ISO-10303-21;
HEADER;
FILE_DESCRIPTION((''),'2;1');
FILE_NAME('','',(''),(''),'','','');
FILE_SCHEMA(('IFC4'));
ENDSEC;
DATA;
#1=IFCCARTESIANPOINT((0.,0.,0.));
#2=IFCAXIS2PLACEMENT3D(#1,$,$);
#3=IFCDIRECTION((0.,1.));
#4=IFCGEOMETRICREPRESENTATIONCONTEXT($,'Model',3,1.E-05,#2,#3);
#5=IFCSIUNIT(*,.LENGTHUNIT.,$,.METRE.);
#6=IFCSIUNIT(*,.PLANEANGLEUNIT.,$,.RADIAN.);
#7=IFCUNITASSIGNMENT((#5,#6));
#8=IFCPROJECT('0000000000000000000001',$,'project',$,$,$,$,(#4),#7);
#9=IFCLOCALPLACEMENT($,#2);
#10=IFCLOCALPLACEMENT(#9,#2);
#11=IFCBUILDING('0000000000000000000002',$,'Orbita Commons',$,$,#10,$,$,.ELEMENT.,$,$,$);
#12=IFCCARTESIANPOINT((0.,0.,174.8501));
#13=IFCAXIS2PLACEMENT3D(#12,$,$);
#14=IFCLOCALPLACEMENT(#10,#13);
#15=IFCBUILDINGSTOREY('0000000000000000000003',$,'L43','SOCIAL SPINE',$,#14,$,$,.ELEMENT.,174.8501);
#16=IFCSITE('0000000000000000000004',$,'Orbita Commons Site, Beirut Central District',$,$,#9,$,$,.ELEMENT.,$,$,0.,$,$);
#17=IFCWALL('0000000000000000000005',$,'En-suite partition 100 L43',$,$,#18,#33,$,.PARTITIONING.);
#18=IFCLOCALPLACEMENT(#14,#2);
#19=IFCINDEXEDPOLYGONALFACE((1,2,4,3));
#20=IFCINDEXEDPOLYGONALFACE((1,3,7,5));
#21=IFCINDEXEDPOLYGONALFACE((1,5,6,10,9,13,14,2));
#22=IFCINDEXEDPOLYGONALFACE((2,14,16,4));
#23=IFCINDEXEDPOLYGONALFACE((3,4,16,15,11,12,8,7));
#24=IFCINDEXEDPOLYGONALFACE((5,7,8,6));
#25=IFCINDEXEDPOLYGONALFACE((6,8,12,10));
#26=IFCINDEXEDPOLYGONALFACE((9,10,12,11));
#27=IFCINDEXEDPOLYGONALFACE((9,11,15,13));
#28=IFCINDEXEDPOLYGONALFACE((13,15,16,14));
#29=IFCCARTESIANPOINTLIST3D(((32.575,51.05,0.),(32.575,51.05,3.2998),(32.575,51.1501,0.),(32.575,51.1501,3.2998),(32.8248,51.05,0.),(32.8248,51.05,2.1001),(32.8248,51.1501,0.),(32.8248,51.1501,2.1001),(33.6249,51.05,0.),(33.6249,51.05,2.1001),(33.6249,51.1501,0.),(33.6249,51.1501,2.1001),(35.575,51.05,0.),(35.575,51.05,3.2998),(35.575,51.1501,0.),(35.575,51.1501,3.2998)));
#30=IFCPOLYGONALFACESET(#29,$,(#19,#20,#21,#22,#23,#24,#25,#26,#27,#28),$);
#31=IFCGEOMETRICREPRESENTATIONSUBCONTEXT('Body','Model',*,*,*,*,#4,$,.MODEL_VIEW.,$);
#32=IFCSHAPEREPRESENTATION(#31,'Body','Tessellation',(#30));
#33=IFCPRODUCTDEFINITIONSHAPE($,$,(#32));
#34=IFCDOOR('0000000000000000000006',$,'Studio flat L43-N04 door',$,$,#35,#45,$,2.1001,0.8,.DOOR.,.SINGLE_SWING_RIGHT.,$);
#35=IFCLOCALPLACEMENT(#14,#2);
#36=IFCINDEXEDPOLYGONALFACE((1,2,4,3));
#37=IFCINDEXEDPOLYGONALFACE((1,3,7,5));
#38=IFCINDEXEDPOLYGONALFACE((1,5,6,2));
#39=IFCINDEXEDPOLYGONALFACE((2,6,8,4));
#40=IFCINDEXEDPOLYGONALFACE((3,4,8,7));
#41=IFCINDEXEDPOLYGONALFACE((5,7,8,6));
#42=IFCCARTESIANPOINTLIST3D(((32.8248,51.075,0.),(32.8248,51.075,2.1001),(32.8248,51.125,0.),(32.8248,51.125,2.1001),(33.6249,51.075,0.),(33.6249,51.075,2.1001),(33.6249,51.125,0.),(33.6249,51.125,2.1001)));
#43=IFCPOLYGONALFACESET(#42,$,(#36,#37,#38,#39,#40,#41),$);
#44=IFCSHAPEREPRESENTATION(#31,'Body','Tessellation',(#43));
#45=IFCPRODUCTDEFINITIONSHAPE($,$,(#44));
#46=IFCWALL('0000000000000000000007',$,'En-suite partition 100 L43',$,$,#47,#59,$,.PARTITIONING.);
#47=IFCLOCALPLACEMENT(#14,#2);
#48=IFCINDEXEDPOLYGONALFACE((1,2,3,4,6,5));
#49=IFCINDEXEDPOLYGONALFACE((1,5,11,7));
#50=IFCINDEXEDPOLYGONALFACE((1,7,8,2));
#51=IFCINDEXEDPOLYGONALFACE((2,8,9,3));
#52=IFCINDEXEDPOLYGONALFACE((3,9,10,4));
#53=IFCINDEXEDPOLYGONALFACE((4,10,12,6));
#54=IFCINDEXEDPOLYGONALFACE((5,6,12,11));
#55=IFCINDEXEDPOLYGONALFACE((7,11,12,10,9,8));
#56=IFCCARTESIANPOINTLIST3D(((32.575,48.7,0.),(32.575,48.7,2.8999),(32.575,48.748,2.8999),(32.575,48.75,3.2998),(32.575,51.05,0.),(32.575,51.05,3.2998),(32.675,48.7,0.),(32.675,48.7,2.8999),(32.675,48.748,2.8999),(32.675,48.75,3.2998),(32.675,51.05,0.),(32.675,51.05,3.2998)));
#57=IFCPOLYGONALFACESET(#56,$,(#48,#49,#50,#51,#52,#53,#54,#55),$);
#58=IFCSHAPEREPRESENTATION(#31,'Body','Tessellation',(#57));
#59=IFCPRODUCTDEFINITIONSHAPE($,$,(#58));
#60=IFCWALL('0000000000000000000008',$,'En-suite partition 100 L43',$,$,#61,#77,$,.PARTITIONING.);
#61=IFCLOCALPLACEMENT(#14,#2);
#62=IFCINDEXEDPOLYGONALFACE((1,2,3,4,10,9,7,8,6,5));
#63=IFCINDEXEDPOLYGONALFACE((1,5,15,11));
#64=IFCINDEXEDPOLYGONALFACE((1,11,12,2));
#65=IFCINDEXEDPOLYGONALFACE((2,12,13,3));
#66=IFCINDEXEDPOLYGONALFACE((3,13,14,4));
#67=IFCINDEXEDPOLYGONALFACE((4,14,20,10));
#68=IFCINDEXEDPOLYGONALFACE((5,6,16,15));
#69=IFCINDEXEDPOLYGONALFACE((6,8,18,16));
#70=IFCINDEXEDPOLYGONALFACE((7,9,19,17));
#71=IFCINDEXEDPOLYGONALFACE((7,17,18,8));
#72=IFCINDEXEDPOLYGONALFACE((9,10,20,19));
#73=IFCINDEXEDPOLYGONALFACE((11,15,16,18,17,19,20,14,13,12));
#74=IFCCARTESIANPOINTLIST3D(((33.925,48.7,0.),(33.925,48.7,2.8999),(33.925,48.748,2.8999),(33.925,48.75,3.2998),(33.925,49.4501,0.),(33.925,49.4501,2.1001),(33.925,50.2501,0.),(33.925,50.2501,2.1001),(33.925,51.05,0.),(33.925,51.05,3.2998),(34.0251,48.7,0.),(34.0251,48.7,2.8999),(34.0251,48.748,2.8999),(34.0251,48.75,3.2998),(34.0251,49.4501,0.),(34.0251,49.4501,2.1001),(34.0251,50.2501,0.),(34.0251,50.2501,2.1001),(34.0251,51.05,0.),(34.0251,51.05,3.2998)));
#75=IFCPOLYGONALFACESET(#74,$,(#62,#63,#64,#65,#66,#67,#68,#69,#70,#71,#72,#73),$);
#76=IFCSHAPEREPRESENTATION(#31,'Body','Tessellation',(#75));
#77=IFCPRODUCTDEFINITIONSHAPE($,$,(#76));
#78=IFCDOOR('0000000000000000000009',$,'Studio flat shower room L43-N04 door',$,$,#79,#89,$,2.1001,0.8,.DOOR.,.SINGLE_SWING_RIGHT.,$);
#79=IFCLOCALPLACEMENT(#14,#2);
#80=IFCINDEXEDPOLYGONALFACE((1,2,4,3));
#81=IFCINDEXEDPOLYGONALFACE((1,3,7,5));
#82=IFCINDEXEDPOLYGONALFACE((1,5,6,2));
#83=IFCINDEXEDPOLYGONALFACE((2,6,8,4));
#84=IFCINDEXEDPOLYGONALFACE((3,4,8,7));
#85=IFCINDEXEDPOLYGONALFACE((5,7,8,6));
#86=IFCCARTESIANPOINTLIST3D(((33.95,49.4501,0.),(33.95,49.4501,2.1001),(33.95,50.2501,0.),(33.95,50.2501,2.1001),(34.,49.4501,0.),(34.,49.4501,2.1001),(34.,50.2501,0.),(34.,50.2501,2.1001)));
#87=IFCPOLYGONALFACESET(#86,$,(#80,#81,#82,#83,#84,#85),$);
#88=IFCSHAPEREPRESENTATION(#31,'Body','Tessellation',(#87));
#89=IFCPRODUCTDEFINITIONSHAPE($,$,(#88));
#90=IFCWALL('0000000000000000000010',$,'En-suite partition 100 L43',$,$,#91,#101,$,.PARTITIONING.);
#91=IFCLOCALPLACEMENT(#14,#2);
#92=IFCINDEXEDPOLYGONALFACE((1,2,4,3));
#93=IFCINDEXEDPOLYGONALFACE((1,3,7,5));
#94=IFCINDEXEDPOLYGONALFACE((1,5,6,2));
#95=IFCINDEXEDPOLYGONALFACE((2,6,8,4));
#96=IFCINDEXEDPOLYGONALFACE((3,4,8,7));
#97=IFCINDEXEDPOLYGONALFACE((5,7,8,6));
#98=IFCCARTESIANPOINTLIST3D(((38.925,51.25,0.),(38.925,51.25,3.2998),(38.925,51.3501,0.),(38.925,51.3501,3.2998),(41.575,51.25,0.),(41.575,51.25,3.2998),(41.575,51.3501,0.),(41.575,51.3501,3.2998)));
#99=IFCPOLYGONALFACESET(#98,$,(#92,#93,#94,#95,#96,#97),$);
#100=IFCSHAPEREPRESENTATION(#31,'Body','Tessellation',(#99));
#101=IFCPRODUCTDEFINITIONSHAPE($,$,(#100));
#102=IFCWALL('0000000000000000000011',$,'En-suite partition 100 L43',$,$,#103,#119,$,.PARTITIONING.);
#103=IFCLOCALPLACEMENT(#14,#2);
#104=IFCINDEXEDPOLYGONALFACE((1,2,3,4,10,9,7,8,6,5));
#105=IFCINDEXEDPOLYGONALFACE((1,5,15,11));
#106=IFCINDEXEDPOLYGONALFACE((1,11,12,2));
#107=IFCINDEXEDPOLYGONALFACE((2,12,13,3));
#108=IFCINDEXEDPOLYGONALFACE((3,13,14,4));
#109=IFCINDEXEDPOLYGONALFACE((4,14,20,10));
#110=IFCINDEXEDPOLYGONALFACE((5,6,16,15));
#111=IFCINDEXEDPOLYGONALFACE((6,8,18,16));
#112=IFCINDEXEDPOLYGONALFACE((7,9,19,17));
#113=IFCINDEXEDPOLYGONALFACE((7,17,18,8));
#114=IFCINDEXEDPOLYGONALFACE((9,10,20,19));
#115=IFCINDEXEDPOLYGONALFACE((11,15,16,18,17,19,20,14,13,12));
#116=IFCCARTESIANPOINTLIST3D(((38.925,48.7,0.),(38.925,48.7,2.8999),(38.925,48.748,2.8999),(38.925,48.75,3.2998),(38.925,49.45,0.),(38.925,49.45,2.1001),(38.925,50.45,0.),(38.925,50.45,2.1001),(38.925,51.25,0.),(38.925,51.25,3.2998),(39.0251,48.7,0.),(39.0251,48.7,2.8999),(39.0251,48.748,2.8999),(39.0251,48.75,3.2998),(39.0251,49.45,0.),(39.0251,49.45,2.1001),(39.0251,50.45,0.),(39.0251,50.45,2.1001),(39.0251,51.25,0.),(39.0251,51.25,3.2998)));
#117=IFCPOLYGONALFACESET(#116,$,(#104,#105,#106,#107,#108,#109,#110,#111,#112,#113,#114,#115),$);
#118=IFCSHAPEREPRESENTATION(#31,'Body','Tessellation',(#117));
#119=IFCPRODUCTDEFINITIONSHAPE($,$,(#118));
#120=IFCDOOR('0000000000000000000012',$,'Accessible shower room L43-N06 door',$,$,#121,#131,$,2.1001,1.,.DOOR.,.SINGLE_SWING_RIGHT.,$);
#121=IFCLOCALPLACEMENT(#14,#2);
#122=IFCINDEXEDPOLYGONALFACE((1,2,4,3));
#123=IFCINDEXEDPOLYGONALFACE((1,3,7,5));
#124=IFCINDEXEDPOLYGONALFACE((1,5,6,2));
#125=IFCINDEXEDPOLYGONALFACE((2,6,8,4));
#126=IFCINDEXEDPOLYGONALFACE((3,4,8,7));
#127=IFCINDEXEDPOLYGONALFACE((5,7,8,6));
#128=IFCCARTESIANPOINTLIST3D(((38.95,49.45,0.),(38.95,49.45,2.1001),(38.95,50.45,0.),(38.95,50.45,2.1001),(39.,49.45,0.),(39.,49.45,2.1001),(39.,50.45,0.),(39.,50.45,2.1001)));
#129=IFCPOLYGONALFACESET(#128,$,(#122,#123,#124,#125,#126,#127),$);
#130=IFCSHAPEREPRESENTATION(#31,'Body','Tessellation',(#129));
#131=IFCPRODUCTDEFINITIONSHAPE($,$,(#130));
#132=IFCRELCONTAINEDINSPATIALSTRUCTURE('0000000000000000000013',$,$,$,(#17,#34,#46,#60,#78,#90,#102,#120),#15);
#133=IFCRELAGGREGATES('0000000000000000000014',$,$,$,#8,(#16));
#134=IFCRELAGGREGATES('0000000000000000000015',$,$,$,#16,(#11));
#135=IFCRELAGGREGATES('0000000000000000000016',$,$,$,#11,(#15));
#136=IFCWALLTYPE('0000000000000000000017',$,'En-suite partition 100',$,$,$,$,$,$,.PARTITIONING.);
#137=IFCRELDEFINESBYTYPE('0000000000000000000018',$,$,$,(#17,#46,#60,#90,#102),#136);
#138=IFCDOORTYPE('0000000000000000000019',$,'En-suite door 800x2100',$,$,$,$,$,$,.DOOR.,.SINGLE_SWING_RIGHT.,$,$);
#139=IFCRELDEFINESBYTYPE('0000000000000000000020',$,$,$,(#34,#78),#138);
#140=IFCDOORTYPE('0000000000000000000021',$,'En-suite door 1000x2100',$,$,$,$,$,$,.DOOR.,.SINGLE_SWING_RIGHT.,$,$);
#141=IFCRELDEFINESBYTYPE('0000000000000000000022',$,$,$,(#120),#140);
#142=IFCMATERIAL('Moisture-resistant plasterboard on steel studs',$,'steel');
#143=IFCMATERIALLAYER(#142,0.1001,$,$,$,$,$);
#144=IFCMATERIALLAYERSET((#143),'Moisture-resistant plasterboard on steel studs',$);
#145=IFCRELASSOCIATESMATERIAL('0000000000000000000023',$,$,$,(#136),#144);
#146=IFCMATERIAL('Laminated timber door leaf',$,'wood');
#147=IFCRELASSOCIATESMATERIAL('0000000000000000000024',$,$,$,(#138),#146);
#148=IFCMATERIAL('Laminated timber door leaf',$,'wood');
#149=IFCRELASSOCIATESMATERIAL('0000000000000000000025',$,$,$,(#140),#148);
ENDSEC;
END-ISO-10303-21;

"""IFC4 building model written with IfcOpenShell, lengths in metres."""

from ifc_helpers import new_model, si_unit, direction, frame, frame_2d, origin, place, context, subcontext, project, spatial, polyline, rectangle, outline, extrude, material, layer, layer_set, type_object, element, fill, save


model = new_model("IFC4")

# Units and contexts
model_context = context("Model", 3, precision=1e-05, world=origin(), true_north=direction((0.0, 1.0)))
body_context = subcontext(model_context, "Body", "Model", "MODEL_VIEW")
ifc_project = project(units=[si_unit("LENGTHUNIT", "METRE"), si_unit("PLANEANGLEUNIT", "RADIAN")], contexts=[model_context])

# Site, building, storey
site_placement = place(None, origin())
site = spatial("IfcSite", under=ifc_project, at=site_placement, Name="Orbita Commons Site, Beirut Central District", CompositionType="ELEMENT", RefElevation=0.0)
building_placement = place(site_placement, origin())
building = spatial("IfcBuilding", under=site, at=building_placement, Name="Orbita Commons", CompositionType="ELEMENT")
storey_placement = place(building_placement, frame((0.0, 0.0, 174.8501)))
storey = spatial("IfcBuildingStorey", under=building, at=storey_placement, Name="L43", Description="SOCIAL SPINE", CompositionType="ELEMENT", Elevation=174.8501)

# Shared definitions
ifc_material_1 = material(Name="Moisture-resistant plasterboard on steel studs", Category="steel")
ifc_layer_1 = layer(ifc_material_1, 0.1001)
ifc_layer_set_1 = layer_set([ifc_layer_1], Name="Moisture-resistant plasterboard on steel studs")
wall_type_1 = type_object("IfcWallType", Name="En-suite partition 100", PredefinedType="PARTITIONING", material=ifc_layer_set_1)

# Wall, opening, door
wall_1_placement = place(storey_placement, frame((32.575, 51.1001, 0.0), z_axis=(0.0, 0.0, 1.0), x_axis=(1.0, 0.0, 0.0)))
wall_1 = element("IfcWall", 1, at=wall_1_placement, inside=storey, type_object=wall_type_1, Name="En-suite partition 100 L43", PredefinedType="PARTITIONING", context=body_context, shape_type="SweptSolid", body=[
    extrude(rectangle(XDim=3.0, YDim=0.1001, at=frame_2d((1.5, 0.0))), origin(), (0.0, 0.0, 1.0), 3.2998),
])
opening_1_placement = place(wall_1_placement, frame((0.25, 0.0, 0.0)))
opening_1 = element("IfcOpeningElement", 2, at=opening_1_placement, cuts=wall_1, PredefinedType="OPENING", context=body_context, shape_type="SweptSolid", body=[
    extrude(rectangle(XDim=0.8, YDim=2.1001, at=frame_2d((0.3999, 1.05))), frame((0.0, 0.0601, 0.0), z_axis=(0.0, -1.0, 0.0), x_axis=(1.0, 0.0, 0.0)), (0.0, 0.0, 1.0), 0.1201),
])
ifc_material_2 = material(Name="Laminated timber door leaf", Category="wood")
door_type_1 = type_object("IfcDoorType", Name="En-suite door 800x2100", OperationType="SINGLE_SWING_RIGHT", PredefinedType="DOOR", material=ifc_material_2)
door_1_placement = place(opening_1_placement, origin())
door_1 = element("IfcDoor", 3, at=door_1_placement, inside=storey, type_object=door_type_1, Name="Studio flat L43-N04 door", OperationType="SINGLE_SWING_RIGHT", OverallHeight=2.1001, OverallWidth=0.8, PredefinedType="DOOR", context=body_context, shape_type="SweptSolid", body=[
    extrude(rectangle(XDim=0.8, YDim=2.1001, at=frame_2d((0.3999, 1.05))), frame((0.0, 0.0249, 0.0), z_axis=(0.0, -1.0, 0.0), x_axis=(1.0, 0.0, 0.0)), (0.0, 0.0, 1.0), 0.05),
])
fill(opening_1, door_1)

# Wall
wall_2_placement = place(storey_placement, frame((32.625, 51.05, 0.0), z_axis=(0.0, 0.0, 1.0), x_axis=(0.0, -1.0, 0.0)))
element("IfcWall", 4, at=wall_2_placement, inside=storey, type_object=wall_type_1, Name="En-suite partition 100 L43", PredefinedType="PARTITIONING", context=body_context, shape_type="SweptSolid", body=[
    extrude(outline(polyline([(0.0, 0.0), (2.3501, 0.0), (2.3501, 2.8999), (2.302, 2.8999), (2.3, 3.2998), (0.0, 3.2998), (0.0, 0.0)])), frame((0.0, 0.05, 0.0), z_axis=(0.0, -1.0, 0.0), x_axis=(1.0, 0.0, 0.0)), (0.0, 0.0, 1.0), 0.1001),
])

# Wall, opening, door
wall_3_placement = place(storey_placement, frame((33.9751, 51.05, 0.0), z_axis=(0.0, 0.0, 1.0), x_axis=(0.0, -1.0, 0.0)))
wall_3 = element("IfcWall", 5, at=wall_3_placement, inside=storey, type_object=wall_type_1, Name="En-suite partition 100 L43", PredefinedType="PARTITIONING", context=body_context, shape_type="SweptSolid", body=[
    extrude(outline(polyline([(0.0, 0.0), (2.3501, 0.0), (2.3501, 2.8999), (2.302, 2.8999), (2.3, 3.2998), (0.0, 3.2998), (0.0, 0.0)])), frame((0.0, 0.05, 0.0), z_axis=(0.0, -1.0, 0.0), x_axis=(1.0, 0.0, 0.0)), (0.0, 0.0, 1.0), 0.1001),
])
opening_2_placement = place(wall_3_placement, frame((0.8, 0.0, 0.0)))
opening_2 = element("IfcOpeningElement", 6, at=opening_2_placement, cuts=wall_3, PredefinedType="OPENING", context=body_context, shape_type="SweptSolid", body=[
    extrude(rectangle(XDim=0.8, YDim=2.1001, at=frame_2d((0.3999, 1.05))), frame((0.0, 0.0601, 0.0), z_axis=(0.0, -1.0, 0.0), x_axis=(1.0, 0.0, 0.0)), (0.0, 0.0, 1.0), 0.1201),
])
door_2_placement = place(opening_2_placement, origin())
door_2 = element("IfcDoor", 7, at=door_2_placement, inside=storey, type_object=door_type_1, Name="Studio flat shower room L43-N04 door", OperationType="SINGLE_SWING_RIGHT", OverallHeight=2.1001, OverallWidth=0.8, PredefinedType="DOOR", context=body_context, shape_type="SweptSolid", body=[
    extrude(rectangle(XDim=0.8, YDim=2.1001, at=frame_2d((0.3999, 1.05))), frame((0.0, 0.0249, 0.0), z_axis=(0.0, -1.0, 0.0), x_axis=(1.0, 0.0, 0.0)), (0.0, 0.0, 1.0), 0.05),
])
fill(opening_2, door_2)

# Wall
wall_4_placement = place(storey_placement, frame((38.925, 51.3, 0.0), z_axis=(0.0, 0.0, 1.0), x_axis=(1.0, 0.0, 0.0)))
element("IfcWall", 8, at=wall_4_placement, inside=storey, type_object=wall_type_1, Name="En-suite partition 100 L43", PredefinedType="PARTITIONING", context=body_context, shape_type="SweptSolid", body=[
    extrude(rectangle(XDim=2.6499, YDim=0.1001, at=frame_2d((1.325, 0.0))), origin(), (0.0, 0.0, 1.0), 3.2998),
])

# Wall, opening, door
wall_5_placement = place(storey_placement, frame((38.9751, 51.25, 0.0), z_axis=(0.0, 0.0, 1.0), x_axis=(0.0, -1.0, 0.0)))
wall_5 = element("IfcWall", 9, at=wall_5_placement, inside=storey, type_object=wall_type_1, Name="En-suite partition 100 L43", PredefinedType="PARTITIONING", context=body_context, shape_type="SweptSolid", body=[
    extrude(outline(polyline([(0.0, 0.0), (2.55, 0.0), (2.55, 2.8999), (2.502, 2.8999), (2.5, 3.2998), (0.0, 3.2998), (0.0, 0.0)])), frame((0.0, 0.05, 0.0), z_axis=(0.0, -1.0, 0.0), x_axis=(1.0, 0.0, 0.0)), (0.0, 0.0, 1.0), 0.1001),
])
opening_3_placement = place(wall_5_placement, frame((0.8, 0.0, 0.0)))
opening_3 = element("IfcOpeningElement", 10, at=opening_3_placement, cuts=wall_5, PredefinedType="OPENING", context=body_context, shape_type="SweptSolid", body=[
    extrude(rectangle(XDim=1.0, YDim=2.1001, at=frame_2d((0.5, 1.05))), frame((0.0, 0.0601, 0.0), z_axis=(0.0, -1.0, 0.0), x_axis=(1.0, 0.0, 0.0)), (0.0, 0.0, 1.0), 0.1201),
])
ifc_material_3 = material(Name="Laminated timber door leaf", Category="wood")
door_type_2 = type_object("IfcDoorType", Name="En-suite door 1000x2100", OperationType="SINGLE_SWING_RIGHT", PredefinedType="DOOR", material=ifc_material_3)
door_3_placement = place(opening_3_placement, origin())
door_3 = element("IfcDoor", 11, at=door_3_placement, inside=storey, type_object=door_type_2, Name="Accessible shower room L43-N06 door", OperationType="SINGLE_SWING_RIGHT", OverallHeight=2.1001, OverallWidth=1.0, PredefinedType="DOOR", context=body_context, shape_type="SweptSolid", body=[
    extrude(rectangle(XDim=1.0, YDim=2.1001, at=frame_2d((0.5, 1.05))), frame((0.0, 0.0249, 0.0), z_axis=(0.0, -1.0, 0.0), x_axis=(1.0, 0.0, 0.0)), (0.0, 0.0, 1.0), 0.05),
])
fill(opening_3, door_3)

save(model, "model.ifc")
